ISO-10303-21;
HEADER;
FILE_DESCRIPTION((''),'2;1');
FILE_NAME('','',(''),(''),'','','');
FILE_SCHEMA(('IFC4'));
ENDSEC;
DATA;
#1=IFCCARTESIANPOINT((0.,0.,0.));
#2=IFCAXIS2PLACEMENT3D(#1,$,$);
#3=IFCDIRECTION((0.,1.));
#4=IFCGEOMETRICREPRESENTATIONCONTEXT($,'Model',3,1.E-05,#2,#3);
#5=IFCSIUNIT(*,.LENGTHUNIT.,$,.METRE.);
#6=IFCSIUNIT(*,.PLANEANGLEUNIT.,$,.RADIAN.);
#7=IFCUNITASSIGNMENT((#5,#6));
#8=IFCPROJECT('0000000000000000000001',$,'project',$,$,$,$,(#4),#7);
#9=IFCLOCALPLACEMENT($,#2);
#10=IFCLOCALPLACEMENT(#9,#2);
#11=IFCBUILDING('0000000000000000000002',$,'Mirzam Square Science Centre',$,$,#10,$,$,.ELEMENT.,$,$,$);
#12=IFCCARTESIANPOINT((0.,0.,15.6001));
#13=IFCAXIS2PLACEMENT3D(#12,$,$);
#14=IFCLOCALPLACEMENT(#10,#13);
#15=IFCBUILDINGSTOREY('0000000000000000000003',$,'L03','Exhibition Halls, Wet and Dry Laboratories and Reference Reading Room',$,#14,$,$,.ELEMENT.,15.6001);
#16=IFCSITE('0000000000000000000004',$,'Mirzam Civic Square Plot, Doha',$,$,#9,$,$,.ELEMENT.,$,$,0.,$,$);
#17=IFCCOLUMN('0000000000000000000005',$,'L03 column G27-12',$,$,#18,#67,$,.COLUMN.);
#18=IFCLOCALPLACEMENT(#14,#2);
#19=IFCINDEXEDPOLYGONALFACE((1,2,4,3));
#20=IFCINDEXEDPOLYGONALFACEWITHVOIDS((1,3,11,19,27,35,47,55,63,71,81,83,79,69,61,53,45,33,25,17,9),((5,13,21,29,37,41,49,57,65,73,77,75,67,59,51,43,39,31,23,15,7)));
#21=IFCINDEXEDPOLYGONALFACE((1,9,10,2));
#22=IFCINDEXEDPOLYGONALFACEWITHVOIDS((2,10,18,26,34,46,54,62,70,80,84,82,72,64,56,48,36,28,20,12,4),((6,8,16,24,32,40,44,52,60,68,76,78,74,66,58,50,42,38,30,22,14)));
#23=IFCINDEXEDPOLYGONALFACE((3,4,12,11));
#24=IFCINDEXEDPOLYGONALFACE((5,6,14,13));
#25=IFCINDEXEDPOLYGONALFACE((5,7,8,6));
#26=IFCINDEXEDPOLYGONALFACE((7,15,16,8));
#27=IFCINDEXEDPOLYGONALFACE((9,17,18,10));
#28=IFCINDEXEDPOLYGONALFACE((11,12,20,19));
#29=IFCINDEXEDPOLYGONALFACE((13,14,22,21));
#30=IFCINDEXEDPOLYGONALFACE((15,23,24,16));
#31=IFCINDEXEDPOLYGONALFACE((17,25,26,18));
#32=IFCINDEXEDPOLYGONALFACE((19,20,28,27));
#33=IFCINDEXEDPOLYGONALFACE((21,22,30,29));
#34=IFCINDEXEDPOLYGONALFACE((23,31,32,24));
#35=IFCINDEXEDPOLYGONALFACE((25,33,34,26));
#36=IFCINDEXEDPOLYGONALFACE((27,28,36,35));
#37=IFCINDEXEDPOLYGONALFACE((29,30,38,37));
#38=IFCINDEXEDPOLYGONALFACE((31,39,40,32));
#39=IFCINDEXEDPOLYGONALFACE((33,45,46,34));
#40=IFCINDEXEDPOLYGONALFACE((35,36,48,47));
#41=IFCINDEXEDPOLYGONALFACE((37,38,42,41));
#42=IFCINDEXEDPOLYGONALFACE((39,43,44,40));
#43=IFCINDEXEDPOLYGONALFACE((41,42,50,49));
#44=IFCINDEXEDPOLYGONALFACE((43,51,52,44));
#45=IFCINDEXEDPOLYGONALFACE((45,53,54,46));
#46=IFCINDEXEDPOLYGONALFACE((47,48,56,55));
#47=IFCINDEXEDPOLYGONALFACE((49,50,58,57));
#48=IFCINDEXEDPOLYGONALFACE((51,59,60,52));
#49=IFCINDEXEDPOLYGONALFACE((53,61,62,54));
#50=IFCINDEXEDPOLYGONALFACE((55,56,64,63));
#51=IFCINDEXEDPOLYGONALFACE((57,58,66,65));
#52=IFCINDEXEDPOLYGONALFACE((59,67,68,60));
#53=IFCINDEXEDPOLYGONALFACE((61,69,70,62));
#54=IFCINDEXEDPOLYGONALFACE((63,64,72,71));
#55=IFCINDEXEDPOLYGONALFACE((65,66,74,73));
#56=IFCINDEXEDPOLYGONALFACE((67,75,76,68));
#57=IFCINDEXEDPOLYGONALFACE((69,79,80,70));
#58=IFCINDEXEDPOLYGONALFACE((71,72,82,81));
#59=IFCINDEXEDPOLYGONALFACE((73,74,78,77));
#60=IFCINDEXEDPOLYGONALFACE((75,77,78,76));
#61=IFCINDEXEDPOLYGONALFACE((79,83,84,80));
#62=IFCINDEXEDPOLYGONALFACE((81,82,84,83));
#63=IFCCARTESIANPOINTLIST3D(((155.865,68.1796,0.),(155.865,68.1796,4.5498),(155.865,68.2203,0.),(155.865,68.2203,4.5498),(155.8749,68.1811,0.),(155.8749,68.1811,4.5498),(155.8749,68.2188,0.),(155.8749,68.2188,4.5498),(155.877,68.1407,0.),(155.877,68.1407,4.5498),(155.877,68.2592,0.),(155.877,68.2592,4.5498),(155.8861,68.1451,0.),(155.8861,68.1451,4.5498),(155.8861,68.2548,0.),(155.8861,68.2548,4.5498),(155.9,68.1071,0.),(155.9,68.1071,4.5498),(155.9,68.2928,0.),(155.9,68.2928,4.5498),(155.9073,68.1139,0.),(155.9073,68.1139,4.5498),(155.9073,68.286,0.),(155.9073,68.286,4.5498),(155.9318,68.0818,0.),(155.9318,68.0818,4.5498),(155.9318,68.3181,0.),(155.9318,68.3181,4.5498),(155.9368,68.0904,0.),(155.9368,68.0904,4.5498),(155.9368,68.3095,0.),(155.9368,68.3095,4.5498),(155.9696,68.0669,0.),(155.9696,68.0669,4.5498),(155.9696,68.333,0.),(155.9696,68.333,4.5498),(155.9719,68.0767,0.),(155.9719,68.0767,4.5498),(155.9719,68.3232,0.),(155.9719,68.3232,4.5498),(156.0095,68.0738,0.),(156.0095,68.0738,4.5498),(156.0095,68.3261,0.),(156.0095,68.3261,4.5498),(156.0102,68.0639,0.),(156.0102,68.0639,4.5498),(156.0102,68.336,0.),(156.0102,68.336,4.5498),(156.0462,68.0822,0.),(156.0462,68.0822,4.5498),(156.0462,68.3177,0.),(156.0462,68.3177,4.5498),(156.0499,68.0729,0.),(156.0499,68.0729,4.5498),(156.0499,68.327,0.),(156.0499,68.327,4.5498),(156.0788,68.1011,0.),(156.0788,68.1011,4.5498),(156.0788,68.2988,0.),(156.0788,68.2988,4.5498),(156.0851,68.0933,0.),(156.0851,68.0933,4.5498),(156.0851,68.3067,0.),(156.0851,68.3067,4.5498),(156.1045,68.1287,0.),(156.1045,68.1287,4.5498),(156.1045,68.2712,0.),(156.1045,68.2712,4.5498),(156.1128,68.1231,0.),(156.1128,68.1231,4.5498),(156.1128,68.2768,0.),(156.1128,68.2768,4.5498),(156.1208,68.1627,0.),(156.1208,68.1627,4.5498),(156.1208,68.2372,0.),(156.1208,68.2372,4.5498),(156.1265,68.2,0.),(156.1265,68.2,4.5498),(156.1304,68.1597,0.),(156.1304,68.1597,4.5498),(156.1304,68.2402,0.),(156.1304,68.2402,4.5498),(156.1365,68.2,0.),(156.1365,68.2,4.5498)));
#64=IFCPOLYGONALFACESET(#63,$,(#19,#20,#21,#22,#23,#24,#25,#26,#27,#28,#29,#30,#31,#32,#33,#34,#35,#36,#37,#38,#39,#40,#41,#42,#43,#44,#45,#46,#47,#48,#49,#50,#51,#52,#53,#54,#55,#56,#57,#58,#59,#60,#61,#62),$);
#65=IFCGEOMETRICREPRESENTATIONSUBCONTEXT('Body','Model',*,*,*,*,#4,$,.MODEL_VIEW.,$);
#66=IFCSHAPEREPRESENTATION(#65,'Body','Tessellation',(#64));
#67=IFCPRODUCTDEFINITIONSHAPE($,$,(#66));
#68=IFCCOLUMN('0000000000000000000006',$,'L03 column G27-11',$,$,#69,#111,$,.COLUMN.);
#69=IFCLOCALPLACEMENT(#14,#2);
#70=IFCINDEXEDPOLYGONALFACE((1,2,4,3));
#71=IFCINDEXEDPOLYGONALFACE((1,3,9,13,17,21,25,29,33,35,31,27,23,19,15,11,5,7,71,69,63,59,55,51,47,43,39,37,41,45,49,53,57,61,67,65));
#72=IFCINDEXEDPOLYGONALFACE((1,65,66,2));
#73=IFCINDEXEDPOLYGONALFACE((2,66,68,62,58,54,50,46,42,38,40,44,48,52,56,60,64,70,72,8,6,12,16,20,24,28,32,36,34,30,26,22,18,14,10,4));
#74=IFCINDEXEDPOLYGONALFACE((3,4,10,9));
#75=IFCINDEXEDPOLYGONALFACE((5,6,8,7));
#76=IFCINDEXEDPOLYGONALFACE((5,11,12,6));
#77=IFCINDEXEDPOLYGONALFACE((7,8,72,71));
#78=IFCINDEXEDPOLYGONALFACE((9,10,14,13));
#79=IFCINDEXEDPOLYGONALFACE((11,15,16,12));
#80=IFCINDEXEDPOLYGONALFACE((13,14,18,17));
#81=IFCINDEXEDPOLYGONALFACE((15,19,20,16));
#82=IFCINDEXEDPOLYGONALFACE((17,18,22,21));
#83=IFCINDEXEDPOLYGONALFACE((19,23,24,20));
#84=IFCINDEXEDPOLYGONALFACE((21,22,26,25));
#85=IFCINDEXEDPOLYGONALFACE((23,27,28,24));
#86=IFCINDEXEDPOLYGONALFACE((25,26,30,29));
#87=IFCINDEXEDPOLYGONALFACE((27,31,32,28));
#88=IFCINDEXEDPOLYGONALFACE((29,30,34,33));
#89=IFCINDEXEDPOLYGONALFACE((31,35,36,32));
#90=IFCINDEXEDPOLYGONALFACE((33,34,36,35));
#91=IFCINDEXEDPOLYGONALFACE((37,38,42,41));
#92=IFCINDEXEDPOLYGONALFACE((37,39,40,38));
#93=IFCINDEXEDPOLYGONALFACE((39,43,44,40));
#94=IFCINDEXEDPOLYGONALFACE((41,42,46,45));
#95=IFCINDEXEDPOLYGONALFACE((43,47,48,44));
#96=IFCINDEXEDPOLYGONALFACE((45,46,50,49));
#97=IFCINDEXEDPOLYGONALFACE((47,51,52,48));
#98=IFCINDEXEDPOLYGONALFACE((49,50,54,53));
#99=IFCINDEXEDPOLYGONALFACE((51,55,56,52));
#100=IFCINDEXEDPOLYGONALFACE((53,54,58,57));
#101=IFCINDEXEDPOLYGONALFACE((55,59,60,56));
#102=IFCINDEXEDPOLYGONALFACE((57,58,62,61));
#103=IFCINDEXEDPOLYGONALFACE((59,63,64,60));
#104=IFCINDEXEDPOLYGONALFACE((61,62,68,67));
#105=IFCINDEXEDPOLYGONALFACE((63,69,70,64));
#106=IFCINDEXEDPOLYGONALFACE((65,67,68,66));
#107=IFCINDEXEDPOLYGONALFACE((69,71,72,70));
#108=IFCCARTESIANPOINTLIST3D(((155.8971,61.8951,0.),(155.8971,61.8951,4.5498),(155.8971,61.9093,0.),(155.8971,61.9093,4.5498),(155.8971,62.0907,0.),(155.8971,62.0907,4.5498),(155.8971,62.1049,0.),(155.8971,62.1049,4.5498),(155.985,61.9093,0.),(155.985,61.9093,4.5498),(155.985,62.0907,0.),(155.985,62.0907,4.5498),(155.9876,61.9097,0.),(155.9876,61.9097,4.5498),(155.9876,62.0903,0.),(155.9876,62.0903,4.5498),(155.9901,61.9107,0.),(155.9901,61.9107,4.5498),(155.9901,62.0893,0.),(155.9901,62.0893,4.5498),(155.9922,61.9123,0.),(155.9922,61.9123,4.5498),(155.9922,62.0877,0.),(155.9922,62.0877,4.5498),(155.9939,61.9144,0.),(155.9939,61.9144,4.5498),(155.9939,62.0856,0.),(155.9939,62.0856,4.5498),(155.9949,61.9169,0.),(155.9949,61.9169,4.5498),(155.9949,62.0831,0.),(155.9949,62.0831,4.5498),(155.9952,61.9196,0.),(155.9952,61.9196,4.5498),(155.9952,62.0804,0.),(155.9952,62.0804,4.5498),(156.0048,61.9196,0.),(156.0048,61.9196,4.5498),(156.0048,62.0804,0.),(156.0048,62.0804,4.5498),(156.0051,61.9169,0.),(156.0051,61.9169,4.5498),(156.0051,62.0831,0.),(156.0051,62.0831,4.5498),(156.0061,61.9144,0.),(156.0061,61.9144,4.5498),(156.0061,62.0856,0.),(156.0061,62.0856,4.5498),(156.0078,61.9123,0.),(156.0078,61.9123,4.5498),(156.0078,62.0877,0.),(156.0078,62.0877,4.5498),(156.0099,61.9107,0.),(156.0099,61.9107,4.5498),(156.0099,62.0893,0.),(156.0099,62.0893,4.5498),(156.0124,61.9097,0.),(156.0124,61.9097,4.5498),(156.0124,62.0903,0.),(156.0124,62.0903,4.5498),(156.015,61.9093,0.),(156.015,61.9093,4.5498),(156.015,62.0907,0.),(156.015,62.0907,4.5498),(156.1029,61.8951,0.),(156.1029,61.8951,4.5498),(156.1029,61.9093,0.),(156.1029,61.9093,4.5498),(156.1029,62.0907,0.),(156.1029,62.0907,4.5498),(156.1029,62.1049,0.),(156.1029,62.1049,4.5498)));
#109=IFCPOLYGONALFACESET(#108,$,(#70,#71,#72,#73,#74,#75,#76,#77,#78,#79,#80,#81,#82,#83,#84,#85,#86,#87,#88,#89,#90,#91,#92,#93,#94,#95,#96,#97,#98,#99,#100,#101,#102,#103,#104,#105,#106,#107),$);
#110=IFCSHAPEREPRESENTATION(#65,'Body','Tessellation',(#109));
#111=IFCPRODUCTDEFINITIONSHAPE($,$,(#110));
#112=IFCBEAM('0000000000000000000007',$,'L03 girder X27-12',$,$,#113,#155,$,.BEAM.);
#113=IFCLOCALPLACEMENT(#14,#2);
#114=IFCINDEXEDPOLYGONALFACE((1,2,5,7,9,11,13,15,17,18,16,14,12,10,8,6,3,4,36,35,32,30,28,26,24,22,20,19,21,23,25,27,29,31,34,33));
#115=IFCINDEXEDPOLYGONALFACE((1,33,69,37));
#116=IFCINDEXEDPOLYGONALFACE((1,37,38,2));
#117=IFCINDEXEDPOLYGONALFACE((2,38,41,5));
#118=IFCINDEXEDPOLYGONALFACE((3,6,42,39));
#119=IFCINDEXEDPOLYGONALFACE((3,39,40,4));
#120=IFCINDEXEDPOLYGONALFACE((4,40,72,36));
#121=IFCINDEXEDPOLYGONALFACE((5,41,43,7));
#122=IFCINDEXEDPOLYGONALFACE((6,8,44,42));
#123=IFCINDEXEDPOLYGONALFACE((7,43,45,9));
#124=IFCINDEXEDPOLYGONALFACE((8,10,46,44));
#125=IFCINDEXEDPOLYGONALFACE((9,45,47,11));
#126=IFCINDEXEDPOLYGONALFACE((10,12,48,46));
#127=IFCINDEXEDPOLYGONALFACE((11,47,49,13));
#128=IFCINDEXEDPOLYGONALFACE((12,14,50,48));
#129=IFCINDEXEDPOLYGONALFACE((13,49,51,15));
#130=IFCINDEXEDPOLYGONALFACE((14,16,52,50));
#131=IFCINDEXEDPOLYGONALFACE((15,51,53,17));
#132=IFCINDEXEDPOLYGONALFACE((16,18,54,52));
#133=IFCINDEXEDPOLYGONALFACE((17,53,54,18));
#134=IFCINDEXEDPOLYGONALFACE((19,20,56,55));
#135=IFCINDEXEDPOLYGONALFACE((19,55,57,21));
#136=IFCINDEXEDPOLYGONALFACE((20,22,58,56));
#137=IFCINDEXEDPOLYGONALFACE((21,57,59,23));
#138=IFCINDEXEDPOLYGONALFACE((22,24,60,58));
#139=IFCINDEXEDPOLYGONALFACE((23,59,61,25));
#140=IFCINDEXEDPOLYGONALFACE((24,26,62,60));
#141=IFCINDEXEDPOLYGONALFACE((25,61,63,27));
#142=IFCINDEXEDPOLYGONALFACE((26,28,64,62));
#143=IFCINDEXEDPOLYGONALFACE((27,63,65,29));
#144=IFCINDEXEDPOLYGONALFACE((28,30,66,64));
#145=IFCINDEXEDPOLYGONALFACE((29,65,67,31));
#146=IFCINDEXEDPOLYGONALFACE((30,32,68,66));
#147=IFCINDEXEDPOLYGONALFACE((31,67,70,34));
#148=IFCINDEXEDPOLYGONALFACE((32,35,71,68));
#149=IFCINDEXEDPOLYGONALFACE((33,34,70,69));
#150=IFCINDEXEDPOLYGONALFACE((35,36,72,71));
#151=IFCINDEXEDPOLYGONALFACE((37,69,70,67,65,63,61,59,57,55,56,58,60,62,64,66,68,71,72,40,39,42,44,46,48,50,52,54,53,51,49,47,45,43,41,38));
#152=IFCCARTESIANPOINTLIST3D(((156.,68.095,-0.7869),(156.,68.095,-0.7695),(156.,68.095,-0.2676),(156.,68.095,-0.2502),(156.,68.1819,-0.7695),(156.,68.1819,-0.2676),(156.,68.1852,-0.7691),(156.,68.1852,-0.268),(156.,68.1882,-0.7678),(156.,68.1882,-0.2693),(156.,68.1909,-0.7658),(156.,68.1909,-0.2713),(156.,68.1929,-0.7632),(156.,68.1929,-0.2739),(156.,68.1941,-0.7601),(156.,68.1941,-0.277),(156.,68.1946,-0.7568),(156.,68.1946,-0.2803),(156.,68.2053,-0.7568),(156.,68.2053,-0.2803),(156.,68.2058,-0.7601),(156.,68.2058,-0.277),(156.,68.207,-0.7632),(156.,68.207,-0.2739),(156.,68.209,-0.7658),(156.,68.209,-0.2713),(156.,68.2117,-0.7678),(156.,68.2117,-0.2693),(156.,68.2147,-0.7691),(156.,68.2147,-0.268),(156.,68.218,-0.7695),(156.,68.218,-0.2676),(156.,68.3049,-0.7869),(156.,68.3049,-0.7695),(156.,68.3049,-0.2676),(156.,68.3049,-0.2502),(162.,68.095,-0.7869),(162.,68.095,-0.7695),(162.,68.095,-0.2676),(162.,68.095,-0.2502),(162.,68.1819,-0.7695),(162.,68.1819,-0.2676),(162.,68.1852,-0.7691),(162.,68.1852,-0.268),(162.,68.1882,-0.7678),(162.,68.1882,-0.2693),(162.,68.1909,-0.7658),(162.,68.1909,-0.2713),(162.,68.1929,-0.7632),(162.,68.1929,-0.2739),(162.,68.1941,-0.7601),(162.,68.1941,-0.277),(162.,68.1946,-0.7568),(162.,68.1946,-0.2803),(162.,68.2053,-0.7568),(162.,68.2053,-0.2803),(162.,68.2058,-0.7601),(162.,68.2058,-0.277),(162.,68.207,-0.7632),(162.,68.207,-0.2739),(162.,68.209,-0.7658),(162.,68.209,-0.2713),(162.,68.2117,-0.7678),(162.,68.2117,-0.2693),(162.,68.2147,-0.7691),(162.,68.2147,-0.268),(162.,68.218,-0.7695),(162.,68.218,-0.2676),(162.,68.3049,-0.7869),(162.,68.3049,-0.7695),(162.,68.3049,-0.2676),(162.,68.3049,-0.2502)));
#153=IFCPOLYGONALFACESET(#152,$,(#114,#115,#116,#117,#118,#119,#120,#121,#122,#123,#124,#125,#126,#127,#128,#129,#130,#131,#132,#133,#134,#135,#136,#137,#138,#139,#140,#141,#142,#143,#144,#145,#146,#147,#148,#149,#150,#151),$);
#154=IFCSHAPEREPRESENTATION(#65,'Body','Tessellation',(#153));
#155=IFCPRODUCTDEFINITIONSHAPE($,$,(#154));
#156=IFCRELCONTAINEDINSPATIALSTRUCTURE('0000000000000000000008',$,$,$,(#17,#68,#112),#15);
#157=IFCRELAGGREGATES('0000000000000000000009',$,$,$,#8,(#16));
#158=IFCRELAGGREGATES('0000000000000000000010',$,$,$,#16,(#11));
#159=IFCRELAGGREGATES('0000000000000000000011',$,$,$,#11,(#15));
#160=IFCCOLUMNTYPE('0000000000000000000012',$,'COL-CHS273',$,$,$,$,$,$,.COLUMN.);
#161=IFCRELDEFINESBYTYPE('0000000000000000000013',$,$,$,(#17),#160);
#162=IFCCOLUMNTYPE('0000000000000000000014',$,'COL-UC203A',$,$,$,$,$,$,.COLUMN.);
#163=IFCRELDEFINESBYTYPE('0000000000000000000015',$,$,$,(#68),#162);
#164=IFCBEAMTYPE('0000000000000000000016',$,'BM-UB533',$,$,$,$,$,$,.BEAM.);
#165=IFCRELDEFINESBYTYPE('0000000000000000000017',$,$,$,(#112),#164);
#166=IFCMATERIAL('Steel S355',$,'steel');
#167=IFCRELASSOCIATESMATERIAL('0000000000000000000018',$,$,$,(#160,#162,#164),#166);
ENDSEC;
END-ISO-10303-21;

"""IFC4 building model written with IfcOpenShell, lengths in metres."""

from ifc_helpers import new_model, si_unit, direction, frame, origin, origin_2d, place, context, subcontext, project, spatial, hollow_circle, i_section, extrude, material, material_profile, profile_set, type_object, element, save


model = new_model("IFC4")

# Units and contexts
model_context = context("Model", 3, precision=1e-05, world=origin(), true_north=direction((0.0, 1.0)))
body_context = subcontext(model_context, "Body", "Model", "MODEL_VIEW")
ifc_project = project(units=[si_unit("LENGTHUNIT", "METRE"), si_unit("PLANEANGLEUNIT", "RADIAN")], contexts=[model_context])

# Site, building, storey
site_placement = place(None, origin())
site = spatial("IfcSite", under=ifc_project, at=site_placement, Name="Mirzam Civic Square Plot, Doha", CompositionType="ELEMENT", RefElevation=0.0)
building_placement = place(site_placement, origin())
building = spatial("IfcBuilding", under=site, at=building_placement, Name="Mirzam Square Science Centre", CompositionType="ELEMENT")
storey_placement = place(building_placement, frame((0.0, 0.0, 15.6001)))
storey = spatial("IfcBuildingStorey", under=building, at=storey_placement, Name="L03", Description="Exhibition Halls, Wet and Dry Laboratories and Reference Reading Room", CompositionType="ELEMENT", Elevation=15.6001)

# Columns
ifc_material_1 = material(Name="Steel S355", Category="steel")
ifc_material_profile_1 = material_profile(ifc_material_1, hollow_circle(Radius=0.1365, WallThickness=0.01, at=origin_2d()), Name="273.0x10.0CHS")
ifc_profile_set_1 = profile_set([ifc_material_profile_1], Name="Steel S355")
column_type_1 = type_object("IfcColumnType", Name="COL-CHS273", PredefinedType="COLUMN", material=ifc_profile_set_1)
column_1_placement = place(storey_placement, frame((156.0, 68.2, 0.0), z_axis=(0.0, 0.0, 1.0), x_axis=(1.0, 0.0, 0.0)))
element("IfcColumn", 1, at=column_1_placement, inside=storey, type_object=column_type_1, Name="L03 column G27-12", PredefinedType="COLUMN", context=body_context, shape_type="SweptSolid", body=[
    extrude(hollow_circle(Radius=0.1365, WallThickness=0.01, at=origin_2d()), origin(), (0.0, 0.0, 1.0), 4.5498),
])
ifc_material_profile_2 = material_profile(ifc_material_1, i_section(OverallWidth=0.2058, OverallDepth=0.2097, WebThickness=0.0095, FlangeThickness=0.0142, FilletRadius=0.0103, at=origin_2d()), Name="203x203x60UC")
ifc_profile_set_2 = profile_set([ifc_material_profile_2], Name="Steel S355")
column_type_2 = type_object("IfcColumnType", Name="COL-UC203A", PredefinedType="COLUMN", material=ifc_profile_set_2)
column_2_placement = place(storey_placement, frame((156.0, 62.0, 0.0), z_axis=(0.0, 0.0, 1.0), x_axis=(1.0, 0.0, 0.0)))
element("IfcColumn", 2, at=column_2_placement, inside=storey, type_object=column_type_2, Name="L03 column G27-11", PredefinedType="COLUMN", context=body_context, shape_type="SweptSolid", body=[
    extrude(i_section(OverallWidth=0.2058, OverallDepth=0.2097, WebThickness=0.0095, FlangeThickness=0.0142, FilletRadius=0.0103, at=origin_2d()), origin(), (0.0, 0.0, 1.0), 4.5498),
])

# Beam
ifc_material_profile_3 = material_profile(ifc_material_1, i_section(OverallWidth=0.21, OverallDepth=0.5366, WebThickness=0.0107, FlangeThickness=0.0173, FilletRadius=0.0127, at=origin_2d()), Name="533x210x101UB")
ifc_profile_set_3 = profile_set([ifc_material_profile_3], Name="Steel S355")
beam_type_1 = type_object("IfcBeamType", Name="BM-UB533", PredefinedType="BEAM", material=ifc_profile_set_3)
beam_1_placement = place(storey_placement, frame((156.0, 68.2, -0.5186), z_axis=(1.0, 0.0, 0.0), x_axis=(0.0, 1.0, 0.0)))
element("IfcBeam", 3, at=beam_1_placement, inside=storey, type_object=beam_type_1, Name="L03 girder X27-12", PredefinedType="BEAM", context=body_context, shape_type="SweptSolid", body=[
    extrude(i_section(OverallWidth=0.21, OverallDepth=0.5366, WebThickness=0.0107, FlangeThickness=0.0173, FilletRadius=0.0127, at=origin_2d()), origin(), (0.0, 0.0, 1.0), 6.0),
])

save(model, "model.ifc")
